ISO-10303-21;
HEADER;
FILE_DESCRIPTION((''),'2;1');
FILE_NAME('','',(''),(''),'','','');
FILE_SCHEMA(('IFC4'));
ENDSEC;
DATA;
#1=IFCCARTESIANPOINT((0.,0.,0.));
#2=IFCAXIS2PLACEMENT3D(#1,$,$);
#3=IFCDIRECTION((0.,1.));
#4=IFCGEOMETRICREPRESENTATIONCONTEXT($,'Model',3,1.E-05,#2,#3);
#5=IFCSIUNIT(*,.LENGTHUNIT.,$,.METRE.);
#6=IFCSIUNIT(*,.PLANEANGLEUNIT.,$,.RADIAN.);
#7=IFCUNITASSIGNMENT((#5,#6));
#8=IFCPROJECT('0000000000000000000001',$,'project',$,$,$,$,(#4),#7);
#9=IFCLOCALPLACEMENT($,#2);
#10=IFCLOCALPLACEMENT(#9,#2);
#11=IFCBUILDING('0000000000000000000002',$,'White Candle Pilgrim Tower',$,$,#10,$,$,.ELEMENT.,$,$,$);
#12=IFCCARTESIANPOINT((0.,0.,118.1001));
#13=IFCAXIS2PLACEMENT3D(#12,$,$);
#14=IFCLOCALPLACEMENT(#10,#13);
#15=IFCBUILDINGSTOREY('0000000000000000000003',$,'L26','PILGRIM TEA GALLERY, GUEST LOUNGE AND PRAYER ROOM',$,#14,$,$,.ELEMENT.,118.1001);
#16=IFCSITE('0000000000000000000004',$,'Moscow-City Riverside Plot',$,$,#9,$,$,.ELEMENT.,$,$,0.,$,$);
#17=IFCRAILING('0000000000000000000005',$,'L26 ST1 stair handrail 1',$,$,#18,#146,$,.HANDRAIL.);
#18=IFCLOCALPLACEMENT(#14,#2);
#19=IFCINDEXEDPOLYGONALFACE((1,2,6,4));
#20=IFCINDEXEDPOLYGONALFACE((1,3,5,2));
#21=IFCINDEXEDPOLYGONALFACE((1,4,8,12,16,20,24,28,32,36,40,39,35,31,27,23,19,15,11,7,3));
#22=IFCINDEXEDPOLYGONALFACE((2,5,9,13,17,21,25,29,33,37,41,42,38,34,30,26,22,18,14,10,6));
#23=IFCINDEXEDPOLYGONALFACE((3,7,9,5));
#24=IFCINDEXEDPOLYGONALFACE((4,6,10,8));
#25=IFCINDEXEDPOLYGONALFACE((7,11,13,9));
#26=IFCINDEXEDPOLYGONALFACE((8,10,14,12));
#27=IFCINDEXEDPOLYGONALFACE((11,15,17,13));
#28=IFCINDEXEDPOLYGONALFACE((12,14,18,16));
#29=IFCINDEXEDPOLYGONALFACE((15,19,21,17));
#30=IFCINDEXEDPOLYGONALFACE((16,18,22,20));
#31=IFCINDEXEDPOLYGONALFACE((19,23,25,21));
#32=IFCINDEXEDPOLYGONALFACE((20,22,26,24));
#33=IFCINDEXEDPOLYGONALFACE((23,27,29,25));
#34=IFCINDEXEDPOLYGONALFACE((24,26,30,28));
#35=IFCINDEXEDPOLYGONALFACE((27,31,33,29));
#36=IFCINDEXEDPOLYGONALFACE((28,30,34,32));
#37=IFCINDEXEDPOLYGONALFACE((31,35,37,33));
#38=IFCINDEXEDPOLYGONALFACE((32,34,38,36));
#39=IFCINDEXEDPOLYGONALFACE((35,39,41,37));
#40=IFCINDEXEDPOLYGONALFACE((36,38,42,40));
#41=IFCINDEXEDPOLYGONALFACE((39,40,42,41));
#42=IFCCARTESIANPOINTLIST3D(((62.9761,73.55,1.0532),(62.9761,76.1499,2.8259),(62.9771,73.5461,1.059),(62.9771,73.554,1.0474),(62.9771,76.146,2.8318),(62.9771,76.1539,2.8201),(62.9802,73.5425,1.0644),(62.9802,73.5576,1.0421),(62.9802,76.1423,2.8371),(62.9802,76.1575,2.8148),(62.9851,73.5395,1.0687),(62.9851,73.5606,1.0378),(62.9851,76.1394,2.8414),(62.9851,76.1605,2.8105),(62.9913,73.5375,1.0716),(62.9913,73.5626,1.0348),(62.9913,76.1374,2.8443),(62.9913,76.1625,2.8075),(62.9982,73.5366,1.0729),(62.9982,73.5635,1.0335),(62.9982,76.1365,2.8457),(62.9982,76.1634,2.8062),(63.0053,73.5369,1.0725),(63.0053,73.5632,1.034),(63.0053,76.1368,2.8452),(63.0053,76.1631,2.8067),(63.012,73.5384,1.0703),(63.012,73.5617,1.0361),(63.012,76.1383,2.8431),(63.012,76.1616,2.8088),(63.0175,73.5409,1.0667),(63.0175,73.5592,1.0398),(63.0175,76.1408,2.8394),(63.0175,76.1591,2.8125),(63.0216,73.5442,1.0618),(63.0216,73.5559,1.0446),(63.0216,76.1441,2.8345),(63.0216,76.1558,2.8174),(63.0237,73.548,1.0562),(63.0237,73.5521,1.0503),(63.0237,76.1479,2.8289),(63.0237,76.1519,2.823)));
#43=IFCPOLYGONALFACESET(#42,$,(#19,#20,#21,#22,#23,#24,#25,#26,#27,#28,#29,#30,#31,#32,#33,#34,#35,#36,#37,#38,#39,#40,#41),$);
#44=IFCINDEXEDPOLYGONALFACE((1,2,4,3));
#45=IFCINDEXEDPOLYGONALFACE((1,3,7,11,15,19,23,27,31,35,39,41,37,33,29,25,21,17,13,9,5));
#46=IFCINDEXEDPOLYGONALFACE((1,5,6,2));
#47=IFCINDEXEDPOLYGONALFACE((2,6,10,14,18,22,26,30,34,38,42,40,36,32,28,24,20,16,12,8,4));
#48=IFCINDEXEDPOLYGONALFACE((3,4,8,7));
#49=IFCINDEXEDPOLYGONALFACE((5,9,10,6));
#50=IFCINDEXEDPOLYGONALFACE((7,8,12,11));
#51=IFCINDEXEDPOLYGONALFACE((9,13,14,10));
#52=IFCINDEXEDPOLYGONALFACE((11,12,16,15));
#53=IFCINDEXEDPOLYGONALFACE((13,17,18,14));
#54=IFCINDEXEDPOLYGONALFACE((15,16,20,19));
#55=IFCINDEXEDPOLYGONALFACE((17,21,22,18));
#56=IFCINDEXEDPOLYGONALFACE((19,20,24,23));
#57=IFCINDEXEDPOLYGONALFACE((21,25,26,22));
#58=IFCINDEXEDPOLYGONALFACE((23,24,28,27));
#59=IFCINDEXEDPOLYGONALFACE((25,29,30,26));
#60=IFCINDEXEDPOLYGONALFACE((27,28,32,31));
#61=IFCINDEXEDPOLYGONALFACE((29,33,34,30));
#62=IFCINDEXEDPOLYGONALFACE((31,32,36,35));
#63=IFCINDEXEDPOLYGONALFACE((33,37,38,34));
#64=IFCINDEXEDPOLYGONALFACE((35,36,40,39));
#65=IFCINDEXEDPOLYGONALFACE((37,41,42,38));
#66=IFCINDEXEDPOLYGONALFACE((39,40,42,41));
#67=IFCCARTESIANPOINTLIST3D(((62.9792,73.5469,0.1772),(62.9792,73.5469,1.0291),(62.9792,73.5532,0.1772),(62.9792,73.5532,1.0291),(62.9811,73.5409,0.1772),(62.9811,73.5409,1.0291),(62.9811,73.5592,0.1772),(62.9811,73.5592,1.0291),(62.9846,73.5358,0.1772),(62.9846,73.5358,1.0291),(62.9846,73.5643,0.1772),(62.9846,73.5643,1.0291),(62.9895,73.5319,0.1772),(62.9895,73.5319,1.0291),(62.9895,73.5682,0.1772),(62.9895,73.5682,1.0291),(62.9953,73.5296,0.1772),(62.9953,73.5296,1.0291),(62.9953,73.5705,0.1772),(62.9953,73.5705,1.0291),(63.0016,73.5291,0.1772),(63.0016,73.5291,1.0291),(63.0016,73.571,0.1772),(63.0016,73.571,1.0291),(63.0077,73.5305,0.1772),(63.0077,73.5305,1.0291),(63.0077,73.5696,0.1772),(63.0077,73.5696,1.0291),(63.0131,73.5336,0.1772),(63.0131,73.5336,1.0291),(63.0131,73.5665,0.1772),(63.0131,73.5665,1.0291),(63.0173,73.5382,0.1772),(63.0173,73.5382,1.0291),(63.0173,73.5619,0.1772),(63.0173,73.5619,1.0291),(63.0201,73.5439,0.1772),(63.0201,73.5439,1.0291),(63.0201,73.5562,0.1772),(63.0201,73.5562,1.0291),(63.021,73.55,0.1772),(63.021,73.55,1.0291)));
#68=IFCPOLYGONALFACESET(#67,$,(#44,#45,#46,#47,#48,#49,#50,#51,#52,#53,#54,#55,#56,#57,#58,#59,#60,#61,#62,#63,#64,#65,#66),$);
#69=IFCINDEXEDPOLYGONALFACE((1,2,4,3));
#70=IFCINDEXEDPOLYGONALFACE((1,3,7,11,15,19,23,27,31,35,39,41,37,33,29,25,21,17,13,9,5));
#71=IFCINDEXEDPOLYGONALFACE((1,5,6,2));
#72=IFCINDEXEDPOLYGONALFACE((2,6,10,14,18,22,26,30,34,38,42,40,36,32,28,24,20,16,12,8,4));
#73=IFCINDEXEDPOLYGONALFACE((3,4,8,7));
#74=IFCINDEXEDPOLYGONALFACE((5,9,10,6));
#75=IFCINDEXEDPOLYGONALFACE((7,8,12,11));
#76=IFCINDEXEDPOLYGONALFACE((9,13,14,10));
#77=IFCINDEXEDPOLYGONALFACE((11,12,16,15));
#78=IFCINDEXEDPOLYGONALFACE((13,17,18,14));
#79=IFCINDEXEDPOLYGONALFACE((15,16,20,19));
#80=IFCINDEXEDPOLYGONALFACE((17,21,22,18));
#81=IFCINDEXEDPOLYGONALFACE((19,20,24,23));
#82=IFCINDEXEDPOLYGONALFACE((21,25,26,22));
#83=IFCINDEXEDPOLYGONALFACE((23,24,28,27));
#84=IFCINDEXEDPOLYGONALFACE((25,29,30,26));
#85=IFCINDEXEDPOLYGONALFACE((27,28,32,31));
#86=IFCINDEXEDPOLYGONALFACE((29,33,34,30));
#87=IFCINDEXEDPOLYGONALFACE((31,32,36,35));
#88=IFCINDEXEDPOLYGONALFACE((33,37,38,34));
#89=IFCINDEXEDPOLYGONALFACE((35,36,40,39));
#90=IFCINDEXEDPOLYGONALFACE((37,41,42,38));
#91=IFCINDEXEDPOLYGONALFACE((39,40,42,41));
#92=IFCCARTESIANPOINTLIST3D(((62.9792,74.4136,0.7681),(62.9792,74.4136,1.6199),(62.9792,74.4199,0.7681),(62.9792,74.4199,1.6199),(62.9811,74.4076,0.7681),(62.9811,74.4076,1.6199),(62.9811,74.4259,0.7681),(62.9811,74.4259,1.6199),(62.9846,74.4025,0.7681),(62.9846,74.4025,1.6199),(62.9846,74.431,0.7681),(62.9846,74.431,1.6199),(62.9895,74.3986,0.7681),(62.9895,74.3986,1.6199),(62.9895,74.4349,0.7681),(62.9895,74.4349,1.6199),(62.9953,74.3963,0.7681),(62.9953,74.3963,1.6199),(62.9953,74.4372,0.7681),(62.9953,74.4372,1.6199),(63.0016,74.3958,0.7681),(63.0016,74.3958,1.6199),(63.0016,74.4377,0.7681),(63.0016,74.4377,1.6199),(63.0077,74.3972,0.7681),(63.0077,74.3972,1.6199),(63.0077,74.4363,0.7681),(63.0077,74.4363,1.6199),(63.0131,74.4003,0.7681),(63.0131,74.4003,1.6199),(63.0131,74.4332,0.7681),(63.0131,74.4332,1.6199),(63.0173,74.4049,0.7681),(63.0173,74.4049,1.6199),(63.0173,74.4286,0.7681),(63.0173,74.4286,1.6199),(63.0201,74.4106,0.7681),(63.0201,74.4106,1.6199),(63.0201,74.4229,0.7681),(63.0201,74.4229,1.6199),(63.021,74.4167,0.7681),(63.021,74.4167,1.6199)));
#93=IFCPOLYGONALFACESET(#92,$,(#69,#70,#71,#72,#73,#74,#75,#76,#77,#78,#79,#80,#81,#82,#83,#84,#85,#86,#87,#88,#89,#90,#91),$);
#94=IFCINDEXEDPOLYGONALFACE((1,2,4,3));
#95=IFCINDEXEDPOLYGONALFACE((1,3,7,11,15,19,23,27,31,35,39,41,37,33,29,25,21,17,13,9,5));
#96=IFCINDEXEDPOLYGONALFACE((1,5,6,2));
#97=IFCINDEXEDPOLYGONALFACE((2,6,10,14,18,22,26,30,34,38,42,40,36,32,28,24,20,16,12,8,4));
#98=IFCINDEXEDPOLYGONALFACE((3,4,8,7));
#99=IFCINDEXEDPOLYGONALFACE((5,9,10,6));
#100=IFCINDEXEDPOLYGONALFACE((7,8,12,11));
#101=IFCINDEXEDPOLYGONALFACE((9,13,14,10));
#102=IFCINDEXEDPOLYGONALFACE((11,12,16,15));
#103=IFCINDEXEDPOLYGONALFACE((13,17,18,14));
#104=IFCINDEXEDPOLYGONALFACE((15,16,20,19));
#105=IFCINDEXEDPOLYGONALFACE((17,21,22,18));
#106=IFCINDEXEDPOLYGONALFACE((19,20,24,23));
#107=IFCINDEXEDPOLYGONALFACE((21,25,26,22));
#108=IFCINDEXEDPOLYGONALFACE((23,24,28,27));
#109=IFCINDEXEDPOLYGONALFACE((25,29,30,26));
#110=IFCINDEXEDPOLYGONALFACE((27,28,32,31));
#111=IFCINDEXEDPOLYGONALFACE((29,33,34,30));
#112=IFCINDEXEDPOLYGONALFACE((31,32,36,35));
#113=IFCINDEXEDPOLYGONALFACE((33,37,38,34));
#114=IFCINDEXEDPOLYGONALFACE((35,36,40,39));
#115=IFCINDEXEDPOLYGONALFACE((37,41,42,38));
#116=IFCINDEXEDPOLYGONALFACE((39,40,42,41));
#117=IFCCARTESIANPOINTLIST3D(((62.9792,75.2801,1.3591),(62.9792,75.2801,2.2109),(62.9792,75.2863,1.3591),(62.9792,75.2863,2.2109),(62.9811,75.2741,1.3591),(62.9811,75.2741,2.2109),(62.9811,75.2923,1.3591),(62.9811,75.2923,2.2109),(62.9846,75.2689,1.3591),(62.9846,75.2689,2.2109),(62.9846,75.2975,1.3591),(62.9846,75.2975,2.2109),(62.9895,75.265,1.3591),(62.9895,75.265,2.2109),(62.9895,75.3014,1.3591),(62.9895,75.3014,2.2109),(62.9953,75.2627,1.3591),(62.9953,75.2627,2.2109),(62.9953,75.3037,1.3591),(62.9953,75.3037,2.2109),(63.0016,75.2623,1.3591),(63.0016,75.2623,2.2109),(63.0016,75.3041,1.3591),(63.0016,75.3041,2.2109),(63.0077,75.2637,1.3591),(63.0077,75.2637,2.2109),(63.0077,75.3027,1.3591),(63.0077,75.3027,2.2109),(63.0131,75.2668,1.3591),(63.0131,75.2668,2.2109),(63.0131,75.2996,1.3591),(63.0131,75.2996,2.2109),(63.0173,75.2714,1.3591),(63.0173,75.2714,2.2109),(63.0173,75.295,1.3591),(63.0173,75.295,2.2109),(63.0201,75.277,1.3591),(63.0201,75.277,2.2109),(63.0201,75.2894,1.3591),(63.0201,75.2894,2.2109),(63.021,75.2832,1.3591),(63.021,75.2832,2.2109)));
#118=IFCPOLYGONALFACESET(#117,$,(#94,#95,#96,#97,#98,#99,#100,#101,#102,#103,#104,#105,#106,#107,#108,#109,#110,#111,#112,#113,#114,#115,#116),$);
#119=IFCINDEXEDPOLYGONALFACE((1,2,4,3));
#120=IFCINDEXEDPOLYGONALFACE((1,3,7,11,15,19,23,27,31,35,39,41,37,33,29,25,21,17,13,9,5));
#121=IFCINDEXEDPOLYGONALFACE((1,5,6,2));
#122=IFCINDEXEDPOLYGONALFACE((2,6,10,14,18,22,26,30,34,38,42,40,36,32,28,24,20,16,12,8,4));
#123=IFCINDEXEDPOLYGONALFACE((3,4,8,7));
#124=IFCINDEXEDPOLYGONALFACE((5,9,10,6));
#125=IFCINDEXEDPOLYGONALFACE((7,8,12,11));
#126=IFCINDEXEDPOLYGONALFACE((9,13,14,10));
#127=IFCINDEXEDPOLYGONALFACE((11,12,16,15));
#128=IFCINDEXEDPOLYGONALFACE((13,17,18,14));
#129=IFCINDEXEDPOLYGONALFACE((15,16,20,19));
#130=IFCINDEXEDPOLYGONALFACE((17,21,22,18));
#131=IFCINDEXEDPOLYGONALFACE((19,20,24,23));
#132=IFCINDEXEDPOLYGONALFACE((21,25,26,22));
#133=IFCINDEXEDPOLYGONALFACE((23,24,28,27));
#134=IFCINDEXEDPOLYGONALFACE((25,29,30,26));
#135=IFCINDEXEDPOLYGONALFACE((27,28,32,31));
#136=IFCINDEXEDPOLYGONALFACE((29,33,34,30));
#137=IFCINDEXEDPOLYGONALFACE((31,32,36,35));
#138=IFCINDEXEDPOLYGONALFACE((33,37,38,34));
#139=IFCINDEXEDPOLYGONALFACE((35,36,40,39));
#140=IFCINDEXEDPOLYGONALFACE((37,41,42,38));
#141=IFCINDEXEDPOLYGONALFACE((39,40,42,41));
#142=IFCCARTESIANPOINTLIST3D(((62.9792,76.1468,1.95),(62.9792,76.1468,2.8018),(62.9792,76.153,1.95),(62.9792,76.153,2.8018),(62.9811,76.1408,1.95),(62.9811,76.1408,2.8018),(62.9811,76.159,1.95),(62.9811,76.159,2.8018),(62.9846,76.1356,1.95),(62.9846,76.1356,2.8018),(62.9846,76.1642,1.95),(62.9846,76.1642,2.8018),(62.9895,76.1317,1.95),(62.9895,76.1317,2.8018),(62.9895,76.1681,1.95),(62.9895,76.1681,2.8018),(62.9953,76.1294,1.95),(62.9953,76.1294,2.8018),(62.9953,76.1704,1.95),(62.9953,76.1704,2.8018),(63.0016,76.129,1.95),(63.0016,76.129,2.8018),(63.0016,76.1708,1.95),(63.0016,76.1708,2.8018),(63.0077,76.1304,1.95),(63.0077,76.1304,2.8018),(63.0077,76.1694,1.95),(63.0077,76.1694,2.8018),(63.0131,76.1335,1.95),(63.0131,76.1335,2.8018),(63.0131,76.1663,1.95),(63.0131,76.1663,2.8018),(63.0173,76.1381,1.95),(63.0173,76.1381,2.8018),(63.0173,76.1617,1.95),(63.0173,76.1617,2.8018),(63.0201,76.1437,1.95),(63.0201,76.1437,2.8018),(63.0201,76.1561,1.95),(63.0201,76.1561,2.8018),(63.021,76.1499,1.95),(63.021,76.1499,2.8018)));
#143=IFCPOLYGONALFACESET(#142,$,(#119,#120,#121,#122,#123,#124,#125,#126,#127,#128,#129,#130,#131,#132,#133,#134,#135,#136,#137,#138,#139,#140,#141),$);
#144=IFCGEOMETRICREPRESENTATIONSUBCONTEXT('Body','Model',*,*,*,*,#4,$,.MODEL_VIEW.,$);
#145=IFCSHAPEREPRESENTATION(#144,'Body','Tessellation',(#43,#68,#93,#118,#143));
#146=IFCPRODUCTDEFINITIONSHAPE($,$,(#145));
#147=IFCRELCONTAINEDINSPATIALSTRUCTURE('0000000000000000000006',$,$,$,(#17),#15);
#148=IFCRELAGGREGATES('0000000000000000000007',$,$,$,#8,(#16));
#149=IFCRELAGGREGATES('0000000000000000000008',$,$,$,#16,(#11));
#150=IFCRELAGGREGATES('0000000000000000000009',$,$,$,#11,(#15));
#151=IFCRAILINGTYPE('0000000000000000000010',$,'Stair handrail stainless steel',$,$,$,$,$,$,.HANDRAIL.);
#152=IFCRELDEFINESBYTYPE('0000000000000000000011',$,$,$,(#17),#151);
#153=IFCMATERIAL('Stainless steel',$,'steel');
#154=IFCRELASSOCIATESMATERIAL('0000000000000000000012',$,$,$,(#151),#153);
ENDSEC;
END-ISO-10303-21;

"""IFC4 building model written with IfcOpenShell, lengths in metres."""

from ifc_helpers import new_model, si_unit, direction, frame, origin, origin_2d, place, context, subcontext, project, spatial, circle, extrude, material, type_object, element, save


model = new_model("IFC4")

# Units and contexts
model_context = context("Model", 3, precision=1e-05, world=origin(), true_north=direction((0.0, 1.0)))
body_context = subcontext(model_context, "Body", "Model", "MODEL_VIEW")
ifc_project = project(units=[si_unit("LENGTHUNIT", "METRE"), si_unit("PLANEANGLEUNIT", "RADIAN")], contexts=[model_context])

# Site, building, storey
site_placement = place(None, origin())
site = spatial("IfcSite", under=ifc_project, at=site_placement, Name="Moscow-City Riverside Plot", CompositionType="ELEMENT", RefElevation=0.0)
building_placement = place(site_placement, origin())
building = spatial("IfcBuilding", under=site, at=building_placement, Name="White Candle Pilgrim Tower", CompositionType="ELEMENT")
storey_placement = place(building_placement, frame((0.0, 0.0, 118.1001)))
storey = spatial("IfcBuildingStorey", under=building, at=storey_placement, Name="L26", Description="PILGRIM TEA GALLERY, GUEST LOUNGE AND PRAYER ROOM", CompositionType="ELEMENT", Elevation=118.1001)

# Shared definitions
ifc_material_1 = material(Name="Stainless steel", Category="steel")

# Railing
railing_type_1 = type_object("IfcRailingType", Name="Stair handrail stainless steel", PredefinedType="HANDRAIL", material=ifc_material_1)
railing_1_placement = place(storey_placement, frame((63.0, 73.55, 0.1772)))
element("IfcRailing", 1, at=railing_1_placement, inside=storey, type_object=railing_type_1, Name="L26 ST1 stair handrail 1", PredefinedType="HANDRAIL", context=body_context, shape_type="SweptSolid", body=[
    extrude(circle(Radius=0.0239, at=origin_2d()), frame((0.0, 0.0, 0.876), z_axis=(0.0, 0.826216, 0.563354), x_axis=(-1.0, 0.0, 0.0)), (0.0, 0.0, 1.0), 3.1467),
    extrude(circle(Radius=0.021, at=origin_2d()), origin(), (0.0, 0.0, 1.0), 0.8518),
    extrude(circle(Radius=0.021, at=origin_2d()), frame((0.0, 0.8667, 0.5908)), (0.0, 0.0, 1.0), 0.8518),
    extrude(circle(Radius=0.021, at=origin_2d()), frame((0.0, 1.7332, 1.1819)), (0.0, 0.0, 1.0), 0.8518),
    extrude(circle(Radius=0.021, at=origin_2d()), frame((0.0, 2.5999, 1.7727)), (0.0, 0.0, 1.0), 0.8518),
])

save(model, "model.ifc")
